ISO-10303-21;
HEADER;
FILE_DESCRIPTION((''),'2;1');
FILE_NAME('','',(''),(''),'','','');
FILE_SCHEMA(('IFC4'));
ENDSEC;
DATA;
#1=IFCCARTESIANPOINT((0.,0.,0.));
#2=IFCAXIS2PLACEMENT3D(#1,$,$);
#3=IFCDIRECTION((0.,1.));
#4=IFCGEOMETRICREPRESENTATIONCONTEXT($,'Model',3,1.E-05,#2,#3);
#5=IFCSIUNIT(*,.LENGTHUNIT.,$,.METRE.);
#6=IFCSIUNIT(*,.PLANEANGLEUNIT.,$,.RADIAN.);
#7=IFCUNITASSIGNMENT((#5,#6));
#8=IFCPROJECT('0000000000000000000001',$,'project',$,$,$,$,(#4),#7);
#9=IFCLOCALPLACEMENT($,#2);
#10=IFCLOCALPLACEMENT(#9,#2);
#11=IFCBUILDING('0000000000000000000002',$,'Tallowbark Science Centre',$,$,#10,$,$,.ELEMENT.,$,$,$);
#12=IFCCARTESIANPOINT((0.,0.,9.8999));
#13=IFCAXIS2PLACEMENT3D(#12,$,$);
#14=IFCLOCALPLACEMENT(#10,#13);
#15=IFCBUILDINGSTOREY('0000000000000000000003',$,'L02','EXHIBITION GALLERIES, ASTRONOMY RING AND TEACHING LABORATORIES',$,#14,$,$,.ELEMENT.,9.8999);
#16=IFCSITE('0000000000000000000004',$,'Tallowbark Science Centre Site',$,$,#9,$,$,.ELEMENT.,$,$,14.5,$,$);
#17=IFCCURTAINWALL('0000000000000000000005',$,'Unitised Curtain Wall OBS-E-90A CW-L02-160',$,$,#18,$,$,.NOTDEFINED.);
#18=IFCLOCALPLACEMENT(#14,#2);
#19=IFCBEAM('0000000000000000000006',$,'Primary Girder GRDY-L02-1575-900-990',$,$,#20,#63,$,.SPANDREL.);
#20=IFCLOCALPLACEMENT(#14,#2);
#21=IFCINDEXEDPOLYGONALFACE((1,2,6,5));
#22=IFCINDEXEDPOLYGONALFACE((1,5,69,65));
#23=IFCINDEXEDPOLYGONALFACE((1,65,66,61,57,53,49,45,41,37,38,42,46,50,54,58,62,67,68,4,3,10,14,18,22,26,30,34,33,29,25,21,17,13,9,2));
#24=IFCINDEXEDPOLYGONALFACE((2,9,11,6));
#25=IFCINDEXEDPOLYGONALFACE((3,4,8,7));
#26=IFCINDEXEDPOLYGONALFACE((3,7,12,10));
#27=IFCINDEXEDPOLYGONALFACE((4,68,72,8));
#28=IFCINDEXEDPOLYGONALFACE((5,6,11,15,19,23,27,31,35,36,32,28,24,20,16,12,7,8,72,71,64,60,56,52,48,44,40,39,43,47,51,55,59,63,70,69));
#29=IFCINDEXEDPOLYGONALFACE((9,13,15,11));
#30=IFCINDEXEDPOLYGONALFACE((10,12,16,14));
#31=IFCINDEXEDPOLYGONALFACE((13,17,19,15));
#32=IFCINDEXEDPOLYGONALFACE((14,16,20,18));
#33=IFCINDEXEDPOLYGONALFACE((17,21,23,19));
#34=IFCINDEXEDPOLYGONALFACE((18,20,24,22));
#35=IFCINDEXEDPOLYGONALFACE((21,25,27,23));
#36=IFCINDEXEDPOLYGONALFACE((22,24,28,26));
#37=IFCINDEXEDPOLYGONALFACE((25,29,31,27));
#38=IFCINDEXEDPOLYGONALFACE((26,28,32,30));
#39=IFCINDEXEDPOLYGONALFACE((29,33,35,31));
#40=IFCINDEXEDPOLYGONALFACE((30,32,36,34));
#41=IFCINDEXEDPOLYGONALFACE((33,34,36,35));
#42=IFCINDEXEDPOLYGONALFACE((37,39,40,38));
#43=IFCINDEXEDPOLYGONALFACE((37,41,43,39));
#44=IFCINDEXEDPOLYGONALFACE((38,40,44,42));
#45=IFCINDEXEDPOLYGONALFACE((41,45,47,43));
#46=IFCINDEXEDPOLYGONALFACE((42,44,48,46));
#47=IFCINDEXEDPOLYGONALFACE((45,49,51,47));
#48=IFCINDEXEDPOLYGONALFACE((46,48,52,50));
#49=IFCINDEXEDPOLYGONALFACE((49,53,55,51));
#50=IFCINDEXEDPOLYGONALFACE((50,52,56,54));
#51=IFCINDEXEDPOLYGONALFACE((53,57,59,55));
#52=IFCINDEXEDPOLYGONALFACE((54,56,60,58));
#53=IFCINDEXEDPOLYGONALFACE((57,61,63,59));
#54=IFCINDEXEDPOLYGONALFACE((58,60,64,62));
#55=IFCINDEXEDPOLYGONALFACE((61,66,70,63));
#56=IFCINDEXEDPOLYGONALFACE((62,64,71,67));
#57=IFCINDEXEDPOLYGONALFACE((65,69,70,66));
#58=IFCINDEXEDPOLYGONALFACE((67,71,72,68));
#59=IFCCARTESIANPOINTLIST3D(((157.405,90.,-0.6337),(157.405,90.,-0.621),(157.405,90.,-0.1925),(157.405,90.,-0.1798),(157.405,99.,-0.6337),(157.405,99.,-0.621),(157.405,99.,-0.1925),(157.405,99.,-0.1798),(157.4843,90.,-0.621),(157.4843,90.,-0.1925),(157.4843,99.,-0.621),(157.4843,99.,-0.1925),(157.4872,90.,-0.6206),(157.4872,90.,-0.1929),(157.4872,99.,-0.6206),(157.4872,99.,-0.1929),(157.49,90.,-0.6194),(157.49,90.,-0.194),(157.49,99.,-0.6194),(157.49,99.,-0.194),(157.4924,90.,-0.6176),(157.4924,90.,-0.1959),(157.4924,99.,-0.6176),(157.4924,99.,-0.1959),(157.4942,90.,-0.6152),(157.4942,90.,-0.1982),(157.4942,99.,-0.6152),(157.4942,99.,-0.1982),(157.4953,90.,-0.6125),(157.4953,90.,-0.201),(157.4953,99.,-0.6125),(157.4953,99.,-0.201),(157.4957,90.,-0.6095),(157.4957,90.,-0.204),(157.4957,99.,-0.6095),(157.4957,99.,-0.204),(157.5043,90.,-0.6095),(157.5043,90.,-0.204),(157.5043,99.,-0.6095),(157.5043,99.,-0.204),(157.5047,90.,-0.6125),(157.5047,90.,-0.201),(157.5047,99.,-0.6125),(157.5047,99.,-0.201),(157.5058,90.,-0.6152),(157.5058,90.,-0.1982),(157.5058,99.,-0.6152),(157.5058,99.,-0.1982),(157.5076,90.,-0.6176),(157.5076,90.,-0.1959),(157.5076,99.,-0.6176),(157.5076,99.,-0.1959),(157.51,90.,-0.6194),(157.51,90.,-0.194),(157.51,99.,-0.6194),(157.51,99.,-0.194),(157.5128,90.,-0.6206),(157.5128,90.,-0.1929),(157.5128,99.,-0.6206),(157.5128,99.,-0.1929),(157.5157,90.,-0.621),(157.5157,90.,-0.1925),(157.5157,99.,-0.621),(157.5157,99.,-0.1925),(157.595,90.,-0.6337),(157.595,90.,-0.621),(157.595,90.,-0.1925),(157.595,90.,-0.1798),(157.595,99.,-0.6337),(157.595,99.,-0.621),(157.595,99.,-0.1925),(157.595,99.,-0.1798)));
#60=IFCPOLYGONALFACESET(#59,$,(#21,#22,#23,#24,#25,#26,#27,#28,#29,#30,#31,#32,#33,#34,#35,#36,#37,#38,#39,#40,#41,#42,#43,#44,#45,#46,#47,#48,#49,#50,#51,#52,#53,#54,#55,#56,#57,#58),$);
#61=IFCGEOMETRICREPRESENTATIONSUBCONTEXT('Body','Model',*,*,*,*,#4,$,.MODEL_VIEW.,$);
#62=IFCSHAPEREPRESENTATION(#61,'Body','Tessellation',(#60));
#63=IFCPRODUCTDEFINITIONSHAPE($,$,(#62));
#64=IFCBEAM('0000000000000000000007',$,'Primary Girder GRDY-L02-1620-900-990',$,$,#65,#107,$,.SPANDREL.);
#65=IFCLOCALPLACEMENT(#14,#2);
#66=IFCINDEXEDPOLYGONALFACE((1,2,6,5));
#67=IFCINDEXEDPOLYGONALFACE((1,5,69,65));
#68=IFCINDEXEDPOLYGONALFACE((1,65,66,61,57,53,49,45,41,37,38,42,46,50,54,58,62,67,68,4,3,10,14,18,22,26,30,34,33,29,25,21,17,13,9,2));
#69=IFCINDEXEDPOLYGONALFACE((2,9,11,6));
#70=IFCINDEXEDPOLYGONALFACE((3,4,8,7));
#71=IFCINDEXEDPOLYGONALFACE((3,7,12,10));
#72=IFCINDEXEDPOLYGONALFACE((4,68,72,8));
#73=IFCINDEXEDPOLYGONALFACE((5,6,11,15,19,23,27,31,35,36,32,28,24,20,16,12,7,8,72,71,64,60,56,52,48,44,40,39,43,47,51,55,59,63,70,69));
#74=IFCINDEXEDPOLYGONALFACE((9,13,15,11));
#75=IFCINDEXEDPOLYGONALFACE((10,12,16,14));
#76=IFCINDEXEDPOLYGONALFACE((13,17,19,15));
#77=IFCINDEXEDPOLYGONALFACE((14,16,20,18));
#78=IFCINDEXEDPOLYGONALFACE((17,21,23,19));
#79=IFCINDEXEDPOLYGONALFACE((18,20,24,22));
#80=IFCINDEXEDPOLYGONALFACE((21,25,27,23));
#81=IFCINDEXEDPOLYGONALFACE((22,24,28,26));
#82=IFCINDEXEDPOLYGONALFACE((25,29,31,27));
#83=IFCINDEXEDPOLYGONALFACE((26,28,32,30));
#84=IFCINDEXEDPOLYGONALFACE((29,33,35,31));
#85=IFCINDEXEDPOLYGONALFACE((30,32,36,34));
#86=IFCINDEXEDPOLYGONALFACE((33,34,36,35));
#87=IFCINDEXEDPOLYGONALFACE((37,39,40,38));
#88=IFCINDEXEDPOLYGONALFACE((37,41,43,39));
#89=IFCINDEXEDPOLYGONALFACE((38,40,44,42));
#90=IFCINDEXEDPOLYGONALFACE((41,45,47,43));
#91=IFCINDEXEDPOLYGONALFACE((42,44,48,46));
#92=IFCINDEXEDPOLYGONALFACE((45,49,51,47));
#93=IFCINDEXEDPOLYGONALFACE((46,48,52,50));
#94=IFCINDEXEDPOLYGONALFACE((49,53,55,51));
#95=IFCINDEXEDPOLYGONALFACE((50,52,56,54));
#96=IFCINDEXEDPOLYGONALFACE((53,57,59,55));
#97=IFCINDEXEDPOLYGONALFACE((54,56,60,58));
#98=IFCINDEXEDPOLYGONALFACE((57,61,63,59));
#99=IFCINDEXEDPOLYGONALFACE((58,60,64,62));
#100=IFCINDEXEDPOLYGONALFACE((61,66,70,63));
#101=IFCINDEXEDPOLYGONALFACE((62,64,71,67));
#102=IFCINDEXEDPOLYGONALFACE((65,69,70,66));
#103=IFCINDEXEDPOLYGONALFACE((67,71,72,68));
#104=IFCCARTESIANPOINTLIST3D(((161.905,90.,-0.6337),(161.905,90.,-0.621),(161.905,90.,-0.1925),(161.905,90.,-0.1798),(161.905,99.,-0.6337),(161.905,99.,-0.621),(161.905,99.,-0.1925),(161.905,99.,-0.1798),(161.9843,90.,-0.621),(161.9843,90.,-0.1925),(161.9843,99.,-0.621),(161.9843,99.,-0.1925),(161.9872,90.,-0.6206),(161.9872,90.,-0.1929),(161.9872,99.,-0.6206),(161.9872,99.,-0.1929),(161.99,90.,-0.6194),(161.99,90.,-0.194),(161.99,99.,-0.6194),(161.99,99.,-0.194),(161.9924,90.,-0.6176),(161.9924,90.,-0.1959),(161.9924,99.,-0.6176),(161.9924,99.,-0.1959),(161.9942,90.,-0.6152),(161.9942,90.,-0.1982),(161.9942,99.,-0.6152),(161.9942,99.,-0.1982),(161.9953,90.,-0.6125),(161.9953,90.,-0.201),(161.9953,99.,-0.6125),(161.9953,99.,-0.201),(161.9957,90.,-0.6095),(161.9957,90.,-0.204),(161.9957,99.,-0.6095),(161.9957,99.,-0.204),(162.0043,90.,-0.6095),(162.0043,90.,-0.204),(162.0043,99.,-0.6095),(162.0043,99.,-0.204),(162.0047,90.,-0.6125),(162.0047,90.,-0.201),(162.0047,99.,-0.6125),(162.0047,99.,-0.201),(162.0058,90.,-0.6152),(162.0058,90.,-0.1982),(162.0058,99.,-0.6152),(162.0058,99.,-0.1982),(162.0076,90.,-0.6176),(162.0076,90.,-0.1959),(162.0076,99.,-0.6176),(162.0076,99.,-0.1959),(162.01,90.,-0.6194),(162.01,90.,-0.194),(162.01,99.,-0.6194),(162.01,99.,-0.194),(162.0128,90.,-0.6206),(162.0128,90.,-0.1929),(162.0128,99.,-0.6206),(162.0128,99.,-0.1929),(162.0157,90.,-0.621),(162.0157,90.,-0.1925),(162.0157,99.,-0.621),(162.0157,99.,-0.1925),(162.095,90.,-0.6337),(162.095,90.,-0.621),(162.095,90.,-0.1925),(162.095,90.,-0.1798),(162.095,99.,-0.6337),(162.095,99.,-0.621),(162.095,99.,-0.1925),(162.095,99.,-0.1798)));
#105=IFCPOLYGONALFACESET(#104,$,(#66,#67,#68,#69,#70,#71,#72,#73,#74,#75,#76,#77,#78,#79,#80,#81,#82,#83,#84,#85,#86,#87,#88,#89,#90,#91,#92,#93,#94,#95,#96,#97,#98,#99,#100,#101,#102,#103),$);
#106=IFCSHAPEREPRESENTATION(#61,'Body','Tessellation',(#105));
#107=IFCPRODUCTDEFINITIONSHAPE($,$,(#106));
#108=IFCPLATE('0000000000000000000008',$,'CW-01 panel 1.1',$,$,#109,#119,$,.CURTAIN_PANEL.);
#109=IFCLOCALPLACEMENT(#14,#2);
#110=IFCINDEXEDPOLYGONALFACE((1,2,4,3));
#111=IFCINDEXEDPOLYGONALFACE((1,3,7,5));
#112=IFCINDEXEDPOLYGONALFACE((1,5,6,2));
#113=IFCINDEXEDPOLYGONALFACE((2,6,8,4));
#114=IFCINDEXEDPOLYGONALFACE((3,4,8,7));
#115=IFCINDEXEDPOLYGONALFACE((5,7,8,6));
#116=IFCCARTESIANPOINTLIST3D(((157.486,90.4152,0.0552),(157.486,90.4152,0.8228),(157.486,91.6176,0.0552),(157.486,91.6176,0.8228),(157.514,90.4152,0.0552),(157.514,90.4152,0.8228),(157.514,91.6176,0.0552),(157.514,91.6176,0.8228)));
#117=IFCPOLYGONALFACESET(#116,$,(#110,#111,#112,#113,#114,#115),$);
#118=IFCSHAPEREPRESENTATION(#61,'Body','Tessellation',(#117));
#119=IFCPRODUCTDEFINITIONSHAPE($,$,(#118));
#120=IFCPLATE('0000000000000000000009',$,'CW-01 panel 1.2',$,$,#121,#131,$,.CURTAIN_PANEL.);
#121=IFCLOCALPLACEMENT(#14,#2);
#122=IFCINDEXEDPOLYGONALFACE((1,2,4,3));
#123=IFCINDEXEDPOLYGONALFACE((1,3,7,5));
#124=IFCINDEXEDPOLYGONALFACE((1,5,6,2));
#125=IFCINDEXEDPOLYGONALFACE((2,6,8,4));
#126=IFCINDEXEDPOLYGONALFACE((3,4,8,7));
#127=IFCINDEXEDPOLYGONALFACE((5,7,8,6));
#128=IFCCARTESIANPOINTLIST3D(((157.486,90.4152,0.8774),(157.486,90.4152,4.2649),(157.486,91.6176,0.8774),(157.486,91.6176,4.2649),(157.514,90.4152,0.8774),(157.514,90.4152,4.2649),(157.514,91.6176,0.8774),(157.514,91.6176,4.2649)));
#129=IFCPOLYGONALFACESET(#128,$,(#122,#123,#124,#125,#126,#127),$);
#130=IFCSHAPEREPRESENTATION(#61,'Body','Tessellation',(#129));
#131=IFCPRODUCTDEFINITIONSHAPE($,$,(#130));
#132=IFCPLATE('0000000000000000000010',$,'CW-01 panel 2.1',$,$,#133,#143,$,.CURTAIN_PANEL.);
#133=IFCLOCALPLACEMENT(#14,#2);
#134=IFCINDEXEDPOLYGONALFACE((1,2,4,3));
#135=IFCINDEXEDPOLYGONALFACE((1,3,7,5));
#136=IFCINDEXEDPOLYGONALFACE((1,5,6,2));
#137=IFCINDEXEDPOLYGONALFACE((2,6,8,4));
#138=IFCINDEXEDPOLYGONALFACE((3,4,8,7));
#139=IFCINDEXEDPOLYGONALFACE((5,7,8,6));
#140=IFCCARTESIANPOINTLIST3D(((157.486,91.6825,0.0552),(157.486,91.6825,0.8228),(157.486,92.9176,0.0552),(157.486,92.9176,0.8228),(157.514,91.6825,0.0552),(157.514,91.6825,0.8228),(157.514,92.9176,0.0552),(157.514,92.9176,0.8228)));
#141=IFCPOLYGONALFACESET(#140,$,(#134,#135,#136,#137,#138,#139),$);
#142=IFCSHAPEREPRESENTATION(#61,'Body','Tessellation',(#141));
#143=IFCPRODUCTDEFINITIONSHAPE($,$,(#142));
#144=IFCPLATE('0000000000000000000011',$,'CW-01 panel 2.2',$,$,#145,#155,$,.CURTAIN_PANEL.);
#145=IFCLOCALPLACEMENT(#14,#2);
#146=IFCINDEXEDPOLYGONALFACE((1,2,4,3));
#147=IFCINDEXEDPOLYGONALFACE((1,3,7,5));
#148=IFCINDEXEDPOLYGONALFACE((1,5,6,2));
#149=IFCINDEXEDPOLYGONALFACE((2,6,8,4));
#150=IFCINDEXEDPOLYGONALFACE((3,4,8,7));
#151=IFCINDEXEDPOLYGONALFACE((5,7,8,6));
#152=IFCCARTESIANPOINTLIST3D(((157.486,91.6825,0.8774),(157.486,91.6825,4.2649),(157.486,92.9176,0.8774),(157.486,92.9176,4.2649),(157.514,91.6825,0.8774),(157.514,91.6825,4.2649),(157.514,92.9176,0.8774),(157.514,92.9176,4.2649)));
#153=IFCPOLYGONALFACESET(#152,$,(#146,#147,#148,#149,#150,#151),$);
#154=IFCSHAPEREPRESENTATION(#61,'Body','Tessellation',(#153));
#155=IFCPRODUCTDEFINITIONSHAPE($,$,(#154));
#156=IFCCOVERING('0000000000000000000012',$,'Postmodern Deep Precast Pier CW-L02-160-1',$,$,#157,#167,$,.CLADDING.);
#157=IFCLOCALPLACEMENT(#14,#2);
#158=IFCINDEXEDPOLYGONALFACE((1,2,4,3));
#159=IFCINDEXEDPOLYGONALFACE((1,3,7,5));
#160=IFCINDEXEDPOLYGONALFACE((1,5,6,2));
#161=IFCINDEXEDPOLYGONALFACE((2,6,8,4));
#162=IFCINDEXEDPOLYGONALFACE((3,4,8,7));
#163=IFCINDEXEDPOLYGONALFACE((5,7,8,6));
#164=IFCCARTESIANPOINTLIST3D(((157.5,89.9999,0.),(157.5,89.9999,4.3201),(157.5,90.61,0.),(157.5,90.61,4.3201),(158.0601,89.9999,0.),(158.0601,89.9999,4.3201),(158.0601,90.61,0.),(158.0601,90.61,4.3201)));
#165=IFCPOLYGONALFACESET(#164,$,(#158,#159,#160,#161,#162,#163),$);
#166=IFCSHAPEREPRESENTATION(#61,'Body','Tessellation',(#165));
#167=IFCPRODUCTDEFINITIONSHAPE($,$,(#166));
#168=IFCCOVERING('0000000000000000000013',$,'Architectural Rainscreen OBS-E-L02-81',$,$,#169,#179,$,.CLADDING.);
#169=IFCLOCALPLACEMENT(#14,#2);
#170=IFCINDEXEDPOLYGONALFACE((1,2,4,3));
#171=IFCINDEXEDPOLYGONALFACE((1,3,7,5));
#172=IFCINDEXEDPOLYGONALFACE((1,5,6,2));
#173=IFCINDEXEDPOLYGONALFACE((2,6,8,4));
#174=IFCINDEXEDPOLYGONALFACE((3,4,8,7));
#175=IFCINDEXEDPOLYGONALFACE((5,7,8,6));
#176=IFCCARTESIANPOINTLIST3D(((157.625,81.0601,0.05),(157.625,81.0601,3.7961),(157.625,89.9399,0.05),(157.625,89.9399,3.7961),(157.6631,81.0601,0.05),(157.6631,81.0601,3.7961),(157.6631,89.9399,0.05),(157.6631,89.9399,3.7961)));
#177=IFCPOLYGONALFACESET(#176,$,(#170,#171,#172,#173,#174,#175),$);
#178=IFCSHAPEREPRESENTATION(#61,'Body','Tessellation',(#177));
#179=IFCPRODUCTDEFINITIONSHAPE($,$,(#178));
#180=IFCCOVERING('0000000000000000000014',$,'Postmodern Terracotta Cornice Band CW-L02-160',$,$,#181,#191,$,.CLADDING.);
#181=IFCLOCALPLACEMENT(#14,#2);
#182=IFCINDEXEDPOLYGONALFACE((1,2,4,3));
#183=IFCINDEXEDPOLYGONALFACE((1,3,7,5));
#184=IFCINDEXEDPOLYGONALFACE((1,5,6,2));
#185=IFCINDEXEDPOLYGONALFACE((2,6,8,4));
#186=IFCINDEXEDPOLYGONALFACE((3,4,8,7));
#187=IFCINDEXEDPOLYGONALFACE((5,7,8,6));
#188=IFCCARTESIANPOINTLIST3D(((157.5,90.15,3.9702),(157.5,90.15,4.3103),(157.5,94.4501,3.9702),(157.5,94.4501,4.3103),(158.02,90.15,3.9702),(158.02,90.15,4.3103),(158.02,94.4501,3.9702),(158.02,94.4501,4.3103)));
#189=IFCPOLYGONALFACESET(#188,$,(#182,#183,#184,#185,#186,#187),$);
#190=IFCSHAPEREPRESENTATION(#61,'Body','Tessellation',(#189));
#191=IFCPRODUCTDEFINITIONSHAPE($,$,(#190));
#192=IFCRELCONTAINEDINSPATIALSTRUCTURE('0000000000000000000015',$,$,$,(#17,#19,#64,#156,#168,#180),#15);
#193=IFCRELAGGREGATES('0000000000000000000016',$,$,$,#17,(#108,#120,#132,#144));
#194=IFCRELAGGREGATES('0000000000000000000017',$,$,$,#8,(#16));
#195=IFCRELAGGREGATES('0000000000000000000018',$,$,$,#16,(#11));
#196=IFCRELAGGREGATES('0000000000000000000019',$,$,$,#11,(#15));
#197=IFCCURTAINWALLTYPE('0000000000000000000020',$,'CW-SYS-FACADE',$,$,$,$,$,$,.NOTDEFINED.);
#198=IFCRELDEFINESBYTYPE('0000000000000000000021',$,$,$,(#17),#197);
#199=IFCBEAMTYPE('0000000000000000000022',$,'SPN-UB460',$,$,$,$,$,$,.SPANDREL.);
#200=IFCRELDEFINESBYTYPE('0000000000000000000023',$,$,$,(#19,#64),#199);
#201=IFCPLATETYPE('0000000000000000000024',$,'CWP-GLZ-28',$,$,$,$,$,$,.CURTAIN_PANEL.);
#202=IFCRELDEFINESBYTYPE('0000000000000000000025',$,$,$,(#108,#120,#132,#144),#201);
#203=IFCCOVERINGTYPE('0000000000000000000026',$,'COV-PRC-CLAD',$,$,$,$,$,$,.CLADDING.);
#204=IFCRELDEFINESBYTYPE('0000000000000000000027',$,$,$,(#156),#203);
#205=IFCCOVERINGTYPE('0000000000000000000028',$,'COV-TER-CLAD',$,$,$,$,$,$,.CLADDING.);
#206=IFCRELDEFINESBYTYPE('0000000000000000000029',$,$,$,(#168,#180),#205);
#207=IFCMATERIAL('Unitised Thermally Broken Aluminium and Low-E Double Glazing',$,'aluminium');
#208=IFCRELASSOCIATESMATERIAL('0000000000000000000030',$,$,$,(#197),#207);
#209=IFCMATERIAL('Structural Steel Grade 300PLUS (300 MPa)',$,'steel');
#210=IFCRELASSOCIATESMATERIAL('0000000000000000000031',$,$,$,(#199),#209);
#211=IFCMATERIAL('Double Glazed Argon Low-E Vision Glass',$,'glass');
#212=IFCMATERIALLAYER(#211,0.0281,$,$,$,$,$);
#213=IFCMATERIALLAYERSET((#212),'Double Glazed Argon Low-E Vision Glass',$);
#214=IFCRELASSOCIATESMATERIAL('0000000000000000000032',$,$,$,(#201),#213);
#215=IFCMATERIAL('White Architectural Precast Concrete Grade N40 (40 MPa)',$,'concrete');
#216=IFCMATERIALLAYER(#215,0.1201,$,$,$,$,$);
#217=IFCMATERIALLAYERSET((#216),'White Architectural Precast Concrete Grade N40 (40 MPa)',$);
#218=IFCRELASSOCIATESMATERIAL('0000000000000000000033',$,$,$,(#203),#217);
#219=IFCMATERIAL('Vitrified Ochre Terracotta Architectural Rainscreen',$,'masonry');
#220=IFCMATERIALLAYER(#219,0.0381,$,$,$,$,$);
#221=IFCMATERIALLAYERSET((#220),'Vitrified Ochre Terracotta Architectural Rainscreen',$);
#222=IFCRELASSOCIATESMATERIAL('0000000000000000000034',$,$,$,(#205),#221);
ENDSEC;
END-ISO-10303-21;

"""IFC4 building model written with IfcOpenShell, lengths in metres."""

from ifc_helpers import new_model, si_unit, direction, frame, origin, origin_2d, place, context, subcontext, project, spatial, rectangle, i_section, extrude, material, layer, layer_set, material_profile, profile_set, type_object, element, aggregate, save


model = new_model("IFC4")

# Units and contexts
model_context = context("Model", 3, precision=1e-05, world=origin(), true_north=direction((0.0, 1.0)))
body_context = subcontext(model_context, "Body", "Model", "MODEL_VIEW")
ifc_project = project(units=[si_unit("LENGTHUNIT", "METRE"), si_unit("PLANEANGLEUNIT", "RADIAN")], contexts=[model_context])

# Site, building, storey
site_placement = place(None, origin())
site = spatial("IfcSite", under=ifc_project, at=site_placement, Name="Tallowbark Science Centre Site", CompositionType="ELEMENT", RefElevation=14.5)
building_placement = place(site_placement, origin())
building = spatial("IfcBuilding", under=site, at=building_placement, Name="Tallowbark Science Centre", CompositionType="ELEMENT")
storey_placement = place(building_placement, frame((0.0, 0.0, 9.8999)))
storey = spatial("IfcBuildingStorey", under=building, at=storey_placement, Name="L02", Description="EXHIBITION GALLERIES, ASTRONOMY RING AND TEACHING LABORATORIES", CompositionType="ELEMENT", Elevation=9.8999)

# Shared definitions
ifc_material_1 = material(Name="Structural Steel Grade 300PLUS (300 MPa)", Category="steel")

# Curtain wall
ifc_material_2 = material(Name="Unitised Thermally Broken Aluminium and Low-E Double Glazing", Category="aluminium")
curtain_wall_type = type_object("IfcCurtainWallType", Name="CW-SYS-FACADE", PredefinedType="NOTDEFINED", material=ifc_material_2)
curtain_wall_placement = place(storey_placement, origin())
curtain_wall = element("IfcCurtainWall", 1, at=curtain_wall_placement, inside=storey, type_object=curtain_wall_type, Name="Unitised Curtain Wall OBS-E-90A CW-L02-160", PredefinedType="NOTDEFINED")

# Beams
ifc_material_profile_1 = material_profile(ifc_material_1, i_section(OverallWidth=0.1899, OverallDepth=0.4539, WebThickness=0.0085, FlangeThickness=0.0127, FilletRadius=0.0115, at=origin_2d()), Name="460UB67.1")
ifc_profile_set_1 = profile_set([ifc_material_profile_1], Name="Structural Steel Grade 300PLUS (300 MPa)")
beam_type_1 = type_object("IfcBeamType", Name="SPN-UB460", PredefinedType="SPANDREL", material=ifc_profile_set_1)
for number, where, z_axis, x_axis, name in (
    (2, (157.5, 90.0, -0.4067), (0.0, 1.0, 0.0), (-1.0, 0.0, 0.0), "Primary Girder GRDY-L02-1575-900-990"),
    (3, (162.0, 90.0, -0.4067), (0.0, 1.0, 0.0), (-1.0, 0.0, 0.0), "Primary Girder GRDY-L02-1620-900-990"),
):
    element("IfcBeam", number, at=place(storey_placement, frame(where, z_axis=z_axis, x_axis=x_axis)), inside=storey, type_object=beam_type_1, Name=name, PredefinedType="SPANDREL", context=body_context, shape_type="SweptSolid", body=[
        extrude(i_section(OverallWidth=0.1899, OverallDepth=0.4539, WebThickness=0.0085, FlangeThickness=0.0127, FilletRadius=0.0115, at=origin_2d()), origin(), (0.0, 0.0, 1.0), 9.0),
    ])

# Plates
ifc_material_3 = material(Name="Double Glazed Argon Low-E Vision Glass", Category="glass")
ifc_layer_1 = layer(ifc_material_3, 0.0281)
ifc_layer_set_1 = layer_set([ifc_layer_1], Name="Double Glazed Argon Low-E Vision Glass")
plate_type = type_object("IfcPlateType", Name="CWP-GLZ-28", PredefinedType="CURTAIN_PANEL", material=ifc_layer_set_1)
plate_1_placement = place(storey_placement, frame((157.5, 91.0164, 0.0552), z_axis=(0.0, 0.0, 1.0), x_axis=(0.0, 1.0, 0.0)))
plate_1 = element("IfcPlate", 4, at=plate_1_placement, type_object=plate_type, Name="CW-01 panel 1.1", PredefinedType="CURTAIN_PANEL", context=body_context, shape_type="SweptSolid", body=[
    extrude(rectangle(XDim=1.2024, YDim=0.0281, at=origin_2d()), origin(), (0.0, 0.0, 1.0), 0.7676),
])
plate_2_placement = place(storey_placement, frame((157.5, 91.0164, 0.8774), z_axis=(0.0, 0.0, 1.0), x_axis=(0.0, 1.0, 0.0)))
plate_2 = element("IfcPlate", 5, at=plate_2_placement, type_object=plate_type, Name="CW-01 panel 1.2", PredefinedType="CURTAIN_PANEL", context=body_context, shape_type="SweptSolid", body=[
    extrude(rectangle(XDim=1.2024, YDim=0.0281, at=origin_2d()), origin(), (0.0, 0.0, 1.0), 3.3875),
])
plate_3_placement = place(storey_placement, frame((157.5, 92.3, 0.0552), z_axis=(0.0, 0.0, 1.0), x_axis=(0.0, 1.0, 0.0)))
plate_3 = element("IfcPlate", 6, at=plate_3_placement, type_object=plate_type, Name="CW-01 panel 2.1", PredefinedType="CURTAIN_PANEL", context=body_context, shape_type="SweptSolid", body=[
    extrude(rectangle(XDim=1.2351, YDim=0.0281, at=origin_2d()), origin(), (0.0, 0.0, 1.0), 0.7676),
])
plate_4_placement = place(storey_placement, frame((157.5, 92.3, 0.8774), z_axis=(0.0, 0.0, 1.0), x_axis=(0.0, 1.0, 0.0)))
plate_4 = element("IfcPlate", 7, at=plate_4_placement, type_object=plate_type, Name="CW-01 panel 2.2", PredefinedType="CURTAIN_PANEL", context=body_context, shape_type="SweptSolid", body=[
    extrude(rectangle(XDim=1.2351, YDim=0.0281, at=origin_2d()), origin(), (0.0, 0.0, 1.0), 3.3875),
])
aggregate(curtain_wall, [plate_1, plate_2, plate_3, plate_4])

# Coverings
ifc_material_4 = material(Name="White Architectural Precast Concrete Grade N40 (40 MPa)", Category="concrete")
ifc_layer_2 = layer(ifc_material_4, 0.1201)
ifc_layer_set_2 = layer_set([ifc_layer_2], Name="White Architectural Precast Concrete Grade N40 (40 MPa)")
covering_type_1 = type_object("IfcCoveringType", Name="COV-PRC-CLAD", PredefinedType="CLADDING", material=ifc_layer_set_2)
covering_1_placement = place(storey_placement, frame((157.78, 90.3049, 0.0), z_axis=(0.0, 0.0, 1.0), x_axis=(0.0, 1.0, 0.0)))
element("IfcCovering", 8, at=covering_1_placement, inside=storey, type_object=covering_type_1, Name="Postmodern Deep Precast Pier CW-L02-160-1", PredefinedType="CLADDING", context=body_context, shape_type="SweptSolid", body=[
    extrude(rectangle(XDim=0.6101, YDim=0.5601, at=origin_2d()), origin(), (0.0, 0.0, 1.0), 4.3201),
])
ifc_material_5 = material(Name="Vitrified Ochre Terracotta Architectural Rainscreen", Category="masonry")
ifc_layer_3 = layer(ifc_material_5, 0.0381)
ifc_layer_set_3 = layer_set([ifc_layer_3], Name="Vitrified Ochre Terracotta Architectural Rainscreen")
covering_type_2 = type_object("IfcCoveringType", Name="COV-TER-CLAD", PredefinedType="CLADDING", material=ifc_layer_set_3)
covering_2_placement = place(storey_placement, frame((157.644, 85.5, 0.05), z_axis=(0.0, 0.0, 1.0), x_axis=(0.0, 1.0, 0.0)))
element("IfcCovering", 9, at=covering_2_placement, inside=storey, type_object=covering_type_2, Name="Architectural Rainscreen OBS-E-L02-81", PredefinedType="CLADDING", context=body_context, shape_type="SweptSolid", body=[
    extrude(rectangle(XDim=8.8799, YDim=0.0381, at=origin_2d()), origin(), (0.0, 0.0, 1.0), 3.7461),
])
covering_3_placement = place(storey_placement, frame((157.76, 92.3, 3.9702), z_axis=(0.0, 0.0, 1.0), x_axis=(0.0, 1.0, 0.0)))
element("IfcCovering", 10, at=covering_3_placement, inside=storey, type_object=covering_type_2, Name="Postmodern Terracotta Cornice Band CW-L02-160", PredefinedType="CLADDING", context=body_context, shape_type="SweptSolid", body=[
    extrude(rectangle(XDim=4.3, YDim=0.52, at=origin_2d()), origin(), (0.0, 0.0, 1.0), 0.3401),
])

save(model, "model.ifc")
